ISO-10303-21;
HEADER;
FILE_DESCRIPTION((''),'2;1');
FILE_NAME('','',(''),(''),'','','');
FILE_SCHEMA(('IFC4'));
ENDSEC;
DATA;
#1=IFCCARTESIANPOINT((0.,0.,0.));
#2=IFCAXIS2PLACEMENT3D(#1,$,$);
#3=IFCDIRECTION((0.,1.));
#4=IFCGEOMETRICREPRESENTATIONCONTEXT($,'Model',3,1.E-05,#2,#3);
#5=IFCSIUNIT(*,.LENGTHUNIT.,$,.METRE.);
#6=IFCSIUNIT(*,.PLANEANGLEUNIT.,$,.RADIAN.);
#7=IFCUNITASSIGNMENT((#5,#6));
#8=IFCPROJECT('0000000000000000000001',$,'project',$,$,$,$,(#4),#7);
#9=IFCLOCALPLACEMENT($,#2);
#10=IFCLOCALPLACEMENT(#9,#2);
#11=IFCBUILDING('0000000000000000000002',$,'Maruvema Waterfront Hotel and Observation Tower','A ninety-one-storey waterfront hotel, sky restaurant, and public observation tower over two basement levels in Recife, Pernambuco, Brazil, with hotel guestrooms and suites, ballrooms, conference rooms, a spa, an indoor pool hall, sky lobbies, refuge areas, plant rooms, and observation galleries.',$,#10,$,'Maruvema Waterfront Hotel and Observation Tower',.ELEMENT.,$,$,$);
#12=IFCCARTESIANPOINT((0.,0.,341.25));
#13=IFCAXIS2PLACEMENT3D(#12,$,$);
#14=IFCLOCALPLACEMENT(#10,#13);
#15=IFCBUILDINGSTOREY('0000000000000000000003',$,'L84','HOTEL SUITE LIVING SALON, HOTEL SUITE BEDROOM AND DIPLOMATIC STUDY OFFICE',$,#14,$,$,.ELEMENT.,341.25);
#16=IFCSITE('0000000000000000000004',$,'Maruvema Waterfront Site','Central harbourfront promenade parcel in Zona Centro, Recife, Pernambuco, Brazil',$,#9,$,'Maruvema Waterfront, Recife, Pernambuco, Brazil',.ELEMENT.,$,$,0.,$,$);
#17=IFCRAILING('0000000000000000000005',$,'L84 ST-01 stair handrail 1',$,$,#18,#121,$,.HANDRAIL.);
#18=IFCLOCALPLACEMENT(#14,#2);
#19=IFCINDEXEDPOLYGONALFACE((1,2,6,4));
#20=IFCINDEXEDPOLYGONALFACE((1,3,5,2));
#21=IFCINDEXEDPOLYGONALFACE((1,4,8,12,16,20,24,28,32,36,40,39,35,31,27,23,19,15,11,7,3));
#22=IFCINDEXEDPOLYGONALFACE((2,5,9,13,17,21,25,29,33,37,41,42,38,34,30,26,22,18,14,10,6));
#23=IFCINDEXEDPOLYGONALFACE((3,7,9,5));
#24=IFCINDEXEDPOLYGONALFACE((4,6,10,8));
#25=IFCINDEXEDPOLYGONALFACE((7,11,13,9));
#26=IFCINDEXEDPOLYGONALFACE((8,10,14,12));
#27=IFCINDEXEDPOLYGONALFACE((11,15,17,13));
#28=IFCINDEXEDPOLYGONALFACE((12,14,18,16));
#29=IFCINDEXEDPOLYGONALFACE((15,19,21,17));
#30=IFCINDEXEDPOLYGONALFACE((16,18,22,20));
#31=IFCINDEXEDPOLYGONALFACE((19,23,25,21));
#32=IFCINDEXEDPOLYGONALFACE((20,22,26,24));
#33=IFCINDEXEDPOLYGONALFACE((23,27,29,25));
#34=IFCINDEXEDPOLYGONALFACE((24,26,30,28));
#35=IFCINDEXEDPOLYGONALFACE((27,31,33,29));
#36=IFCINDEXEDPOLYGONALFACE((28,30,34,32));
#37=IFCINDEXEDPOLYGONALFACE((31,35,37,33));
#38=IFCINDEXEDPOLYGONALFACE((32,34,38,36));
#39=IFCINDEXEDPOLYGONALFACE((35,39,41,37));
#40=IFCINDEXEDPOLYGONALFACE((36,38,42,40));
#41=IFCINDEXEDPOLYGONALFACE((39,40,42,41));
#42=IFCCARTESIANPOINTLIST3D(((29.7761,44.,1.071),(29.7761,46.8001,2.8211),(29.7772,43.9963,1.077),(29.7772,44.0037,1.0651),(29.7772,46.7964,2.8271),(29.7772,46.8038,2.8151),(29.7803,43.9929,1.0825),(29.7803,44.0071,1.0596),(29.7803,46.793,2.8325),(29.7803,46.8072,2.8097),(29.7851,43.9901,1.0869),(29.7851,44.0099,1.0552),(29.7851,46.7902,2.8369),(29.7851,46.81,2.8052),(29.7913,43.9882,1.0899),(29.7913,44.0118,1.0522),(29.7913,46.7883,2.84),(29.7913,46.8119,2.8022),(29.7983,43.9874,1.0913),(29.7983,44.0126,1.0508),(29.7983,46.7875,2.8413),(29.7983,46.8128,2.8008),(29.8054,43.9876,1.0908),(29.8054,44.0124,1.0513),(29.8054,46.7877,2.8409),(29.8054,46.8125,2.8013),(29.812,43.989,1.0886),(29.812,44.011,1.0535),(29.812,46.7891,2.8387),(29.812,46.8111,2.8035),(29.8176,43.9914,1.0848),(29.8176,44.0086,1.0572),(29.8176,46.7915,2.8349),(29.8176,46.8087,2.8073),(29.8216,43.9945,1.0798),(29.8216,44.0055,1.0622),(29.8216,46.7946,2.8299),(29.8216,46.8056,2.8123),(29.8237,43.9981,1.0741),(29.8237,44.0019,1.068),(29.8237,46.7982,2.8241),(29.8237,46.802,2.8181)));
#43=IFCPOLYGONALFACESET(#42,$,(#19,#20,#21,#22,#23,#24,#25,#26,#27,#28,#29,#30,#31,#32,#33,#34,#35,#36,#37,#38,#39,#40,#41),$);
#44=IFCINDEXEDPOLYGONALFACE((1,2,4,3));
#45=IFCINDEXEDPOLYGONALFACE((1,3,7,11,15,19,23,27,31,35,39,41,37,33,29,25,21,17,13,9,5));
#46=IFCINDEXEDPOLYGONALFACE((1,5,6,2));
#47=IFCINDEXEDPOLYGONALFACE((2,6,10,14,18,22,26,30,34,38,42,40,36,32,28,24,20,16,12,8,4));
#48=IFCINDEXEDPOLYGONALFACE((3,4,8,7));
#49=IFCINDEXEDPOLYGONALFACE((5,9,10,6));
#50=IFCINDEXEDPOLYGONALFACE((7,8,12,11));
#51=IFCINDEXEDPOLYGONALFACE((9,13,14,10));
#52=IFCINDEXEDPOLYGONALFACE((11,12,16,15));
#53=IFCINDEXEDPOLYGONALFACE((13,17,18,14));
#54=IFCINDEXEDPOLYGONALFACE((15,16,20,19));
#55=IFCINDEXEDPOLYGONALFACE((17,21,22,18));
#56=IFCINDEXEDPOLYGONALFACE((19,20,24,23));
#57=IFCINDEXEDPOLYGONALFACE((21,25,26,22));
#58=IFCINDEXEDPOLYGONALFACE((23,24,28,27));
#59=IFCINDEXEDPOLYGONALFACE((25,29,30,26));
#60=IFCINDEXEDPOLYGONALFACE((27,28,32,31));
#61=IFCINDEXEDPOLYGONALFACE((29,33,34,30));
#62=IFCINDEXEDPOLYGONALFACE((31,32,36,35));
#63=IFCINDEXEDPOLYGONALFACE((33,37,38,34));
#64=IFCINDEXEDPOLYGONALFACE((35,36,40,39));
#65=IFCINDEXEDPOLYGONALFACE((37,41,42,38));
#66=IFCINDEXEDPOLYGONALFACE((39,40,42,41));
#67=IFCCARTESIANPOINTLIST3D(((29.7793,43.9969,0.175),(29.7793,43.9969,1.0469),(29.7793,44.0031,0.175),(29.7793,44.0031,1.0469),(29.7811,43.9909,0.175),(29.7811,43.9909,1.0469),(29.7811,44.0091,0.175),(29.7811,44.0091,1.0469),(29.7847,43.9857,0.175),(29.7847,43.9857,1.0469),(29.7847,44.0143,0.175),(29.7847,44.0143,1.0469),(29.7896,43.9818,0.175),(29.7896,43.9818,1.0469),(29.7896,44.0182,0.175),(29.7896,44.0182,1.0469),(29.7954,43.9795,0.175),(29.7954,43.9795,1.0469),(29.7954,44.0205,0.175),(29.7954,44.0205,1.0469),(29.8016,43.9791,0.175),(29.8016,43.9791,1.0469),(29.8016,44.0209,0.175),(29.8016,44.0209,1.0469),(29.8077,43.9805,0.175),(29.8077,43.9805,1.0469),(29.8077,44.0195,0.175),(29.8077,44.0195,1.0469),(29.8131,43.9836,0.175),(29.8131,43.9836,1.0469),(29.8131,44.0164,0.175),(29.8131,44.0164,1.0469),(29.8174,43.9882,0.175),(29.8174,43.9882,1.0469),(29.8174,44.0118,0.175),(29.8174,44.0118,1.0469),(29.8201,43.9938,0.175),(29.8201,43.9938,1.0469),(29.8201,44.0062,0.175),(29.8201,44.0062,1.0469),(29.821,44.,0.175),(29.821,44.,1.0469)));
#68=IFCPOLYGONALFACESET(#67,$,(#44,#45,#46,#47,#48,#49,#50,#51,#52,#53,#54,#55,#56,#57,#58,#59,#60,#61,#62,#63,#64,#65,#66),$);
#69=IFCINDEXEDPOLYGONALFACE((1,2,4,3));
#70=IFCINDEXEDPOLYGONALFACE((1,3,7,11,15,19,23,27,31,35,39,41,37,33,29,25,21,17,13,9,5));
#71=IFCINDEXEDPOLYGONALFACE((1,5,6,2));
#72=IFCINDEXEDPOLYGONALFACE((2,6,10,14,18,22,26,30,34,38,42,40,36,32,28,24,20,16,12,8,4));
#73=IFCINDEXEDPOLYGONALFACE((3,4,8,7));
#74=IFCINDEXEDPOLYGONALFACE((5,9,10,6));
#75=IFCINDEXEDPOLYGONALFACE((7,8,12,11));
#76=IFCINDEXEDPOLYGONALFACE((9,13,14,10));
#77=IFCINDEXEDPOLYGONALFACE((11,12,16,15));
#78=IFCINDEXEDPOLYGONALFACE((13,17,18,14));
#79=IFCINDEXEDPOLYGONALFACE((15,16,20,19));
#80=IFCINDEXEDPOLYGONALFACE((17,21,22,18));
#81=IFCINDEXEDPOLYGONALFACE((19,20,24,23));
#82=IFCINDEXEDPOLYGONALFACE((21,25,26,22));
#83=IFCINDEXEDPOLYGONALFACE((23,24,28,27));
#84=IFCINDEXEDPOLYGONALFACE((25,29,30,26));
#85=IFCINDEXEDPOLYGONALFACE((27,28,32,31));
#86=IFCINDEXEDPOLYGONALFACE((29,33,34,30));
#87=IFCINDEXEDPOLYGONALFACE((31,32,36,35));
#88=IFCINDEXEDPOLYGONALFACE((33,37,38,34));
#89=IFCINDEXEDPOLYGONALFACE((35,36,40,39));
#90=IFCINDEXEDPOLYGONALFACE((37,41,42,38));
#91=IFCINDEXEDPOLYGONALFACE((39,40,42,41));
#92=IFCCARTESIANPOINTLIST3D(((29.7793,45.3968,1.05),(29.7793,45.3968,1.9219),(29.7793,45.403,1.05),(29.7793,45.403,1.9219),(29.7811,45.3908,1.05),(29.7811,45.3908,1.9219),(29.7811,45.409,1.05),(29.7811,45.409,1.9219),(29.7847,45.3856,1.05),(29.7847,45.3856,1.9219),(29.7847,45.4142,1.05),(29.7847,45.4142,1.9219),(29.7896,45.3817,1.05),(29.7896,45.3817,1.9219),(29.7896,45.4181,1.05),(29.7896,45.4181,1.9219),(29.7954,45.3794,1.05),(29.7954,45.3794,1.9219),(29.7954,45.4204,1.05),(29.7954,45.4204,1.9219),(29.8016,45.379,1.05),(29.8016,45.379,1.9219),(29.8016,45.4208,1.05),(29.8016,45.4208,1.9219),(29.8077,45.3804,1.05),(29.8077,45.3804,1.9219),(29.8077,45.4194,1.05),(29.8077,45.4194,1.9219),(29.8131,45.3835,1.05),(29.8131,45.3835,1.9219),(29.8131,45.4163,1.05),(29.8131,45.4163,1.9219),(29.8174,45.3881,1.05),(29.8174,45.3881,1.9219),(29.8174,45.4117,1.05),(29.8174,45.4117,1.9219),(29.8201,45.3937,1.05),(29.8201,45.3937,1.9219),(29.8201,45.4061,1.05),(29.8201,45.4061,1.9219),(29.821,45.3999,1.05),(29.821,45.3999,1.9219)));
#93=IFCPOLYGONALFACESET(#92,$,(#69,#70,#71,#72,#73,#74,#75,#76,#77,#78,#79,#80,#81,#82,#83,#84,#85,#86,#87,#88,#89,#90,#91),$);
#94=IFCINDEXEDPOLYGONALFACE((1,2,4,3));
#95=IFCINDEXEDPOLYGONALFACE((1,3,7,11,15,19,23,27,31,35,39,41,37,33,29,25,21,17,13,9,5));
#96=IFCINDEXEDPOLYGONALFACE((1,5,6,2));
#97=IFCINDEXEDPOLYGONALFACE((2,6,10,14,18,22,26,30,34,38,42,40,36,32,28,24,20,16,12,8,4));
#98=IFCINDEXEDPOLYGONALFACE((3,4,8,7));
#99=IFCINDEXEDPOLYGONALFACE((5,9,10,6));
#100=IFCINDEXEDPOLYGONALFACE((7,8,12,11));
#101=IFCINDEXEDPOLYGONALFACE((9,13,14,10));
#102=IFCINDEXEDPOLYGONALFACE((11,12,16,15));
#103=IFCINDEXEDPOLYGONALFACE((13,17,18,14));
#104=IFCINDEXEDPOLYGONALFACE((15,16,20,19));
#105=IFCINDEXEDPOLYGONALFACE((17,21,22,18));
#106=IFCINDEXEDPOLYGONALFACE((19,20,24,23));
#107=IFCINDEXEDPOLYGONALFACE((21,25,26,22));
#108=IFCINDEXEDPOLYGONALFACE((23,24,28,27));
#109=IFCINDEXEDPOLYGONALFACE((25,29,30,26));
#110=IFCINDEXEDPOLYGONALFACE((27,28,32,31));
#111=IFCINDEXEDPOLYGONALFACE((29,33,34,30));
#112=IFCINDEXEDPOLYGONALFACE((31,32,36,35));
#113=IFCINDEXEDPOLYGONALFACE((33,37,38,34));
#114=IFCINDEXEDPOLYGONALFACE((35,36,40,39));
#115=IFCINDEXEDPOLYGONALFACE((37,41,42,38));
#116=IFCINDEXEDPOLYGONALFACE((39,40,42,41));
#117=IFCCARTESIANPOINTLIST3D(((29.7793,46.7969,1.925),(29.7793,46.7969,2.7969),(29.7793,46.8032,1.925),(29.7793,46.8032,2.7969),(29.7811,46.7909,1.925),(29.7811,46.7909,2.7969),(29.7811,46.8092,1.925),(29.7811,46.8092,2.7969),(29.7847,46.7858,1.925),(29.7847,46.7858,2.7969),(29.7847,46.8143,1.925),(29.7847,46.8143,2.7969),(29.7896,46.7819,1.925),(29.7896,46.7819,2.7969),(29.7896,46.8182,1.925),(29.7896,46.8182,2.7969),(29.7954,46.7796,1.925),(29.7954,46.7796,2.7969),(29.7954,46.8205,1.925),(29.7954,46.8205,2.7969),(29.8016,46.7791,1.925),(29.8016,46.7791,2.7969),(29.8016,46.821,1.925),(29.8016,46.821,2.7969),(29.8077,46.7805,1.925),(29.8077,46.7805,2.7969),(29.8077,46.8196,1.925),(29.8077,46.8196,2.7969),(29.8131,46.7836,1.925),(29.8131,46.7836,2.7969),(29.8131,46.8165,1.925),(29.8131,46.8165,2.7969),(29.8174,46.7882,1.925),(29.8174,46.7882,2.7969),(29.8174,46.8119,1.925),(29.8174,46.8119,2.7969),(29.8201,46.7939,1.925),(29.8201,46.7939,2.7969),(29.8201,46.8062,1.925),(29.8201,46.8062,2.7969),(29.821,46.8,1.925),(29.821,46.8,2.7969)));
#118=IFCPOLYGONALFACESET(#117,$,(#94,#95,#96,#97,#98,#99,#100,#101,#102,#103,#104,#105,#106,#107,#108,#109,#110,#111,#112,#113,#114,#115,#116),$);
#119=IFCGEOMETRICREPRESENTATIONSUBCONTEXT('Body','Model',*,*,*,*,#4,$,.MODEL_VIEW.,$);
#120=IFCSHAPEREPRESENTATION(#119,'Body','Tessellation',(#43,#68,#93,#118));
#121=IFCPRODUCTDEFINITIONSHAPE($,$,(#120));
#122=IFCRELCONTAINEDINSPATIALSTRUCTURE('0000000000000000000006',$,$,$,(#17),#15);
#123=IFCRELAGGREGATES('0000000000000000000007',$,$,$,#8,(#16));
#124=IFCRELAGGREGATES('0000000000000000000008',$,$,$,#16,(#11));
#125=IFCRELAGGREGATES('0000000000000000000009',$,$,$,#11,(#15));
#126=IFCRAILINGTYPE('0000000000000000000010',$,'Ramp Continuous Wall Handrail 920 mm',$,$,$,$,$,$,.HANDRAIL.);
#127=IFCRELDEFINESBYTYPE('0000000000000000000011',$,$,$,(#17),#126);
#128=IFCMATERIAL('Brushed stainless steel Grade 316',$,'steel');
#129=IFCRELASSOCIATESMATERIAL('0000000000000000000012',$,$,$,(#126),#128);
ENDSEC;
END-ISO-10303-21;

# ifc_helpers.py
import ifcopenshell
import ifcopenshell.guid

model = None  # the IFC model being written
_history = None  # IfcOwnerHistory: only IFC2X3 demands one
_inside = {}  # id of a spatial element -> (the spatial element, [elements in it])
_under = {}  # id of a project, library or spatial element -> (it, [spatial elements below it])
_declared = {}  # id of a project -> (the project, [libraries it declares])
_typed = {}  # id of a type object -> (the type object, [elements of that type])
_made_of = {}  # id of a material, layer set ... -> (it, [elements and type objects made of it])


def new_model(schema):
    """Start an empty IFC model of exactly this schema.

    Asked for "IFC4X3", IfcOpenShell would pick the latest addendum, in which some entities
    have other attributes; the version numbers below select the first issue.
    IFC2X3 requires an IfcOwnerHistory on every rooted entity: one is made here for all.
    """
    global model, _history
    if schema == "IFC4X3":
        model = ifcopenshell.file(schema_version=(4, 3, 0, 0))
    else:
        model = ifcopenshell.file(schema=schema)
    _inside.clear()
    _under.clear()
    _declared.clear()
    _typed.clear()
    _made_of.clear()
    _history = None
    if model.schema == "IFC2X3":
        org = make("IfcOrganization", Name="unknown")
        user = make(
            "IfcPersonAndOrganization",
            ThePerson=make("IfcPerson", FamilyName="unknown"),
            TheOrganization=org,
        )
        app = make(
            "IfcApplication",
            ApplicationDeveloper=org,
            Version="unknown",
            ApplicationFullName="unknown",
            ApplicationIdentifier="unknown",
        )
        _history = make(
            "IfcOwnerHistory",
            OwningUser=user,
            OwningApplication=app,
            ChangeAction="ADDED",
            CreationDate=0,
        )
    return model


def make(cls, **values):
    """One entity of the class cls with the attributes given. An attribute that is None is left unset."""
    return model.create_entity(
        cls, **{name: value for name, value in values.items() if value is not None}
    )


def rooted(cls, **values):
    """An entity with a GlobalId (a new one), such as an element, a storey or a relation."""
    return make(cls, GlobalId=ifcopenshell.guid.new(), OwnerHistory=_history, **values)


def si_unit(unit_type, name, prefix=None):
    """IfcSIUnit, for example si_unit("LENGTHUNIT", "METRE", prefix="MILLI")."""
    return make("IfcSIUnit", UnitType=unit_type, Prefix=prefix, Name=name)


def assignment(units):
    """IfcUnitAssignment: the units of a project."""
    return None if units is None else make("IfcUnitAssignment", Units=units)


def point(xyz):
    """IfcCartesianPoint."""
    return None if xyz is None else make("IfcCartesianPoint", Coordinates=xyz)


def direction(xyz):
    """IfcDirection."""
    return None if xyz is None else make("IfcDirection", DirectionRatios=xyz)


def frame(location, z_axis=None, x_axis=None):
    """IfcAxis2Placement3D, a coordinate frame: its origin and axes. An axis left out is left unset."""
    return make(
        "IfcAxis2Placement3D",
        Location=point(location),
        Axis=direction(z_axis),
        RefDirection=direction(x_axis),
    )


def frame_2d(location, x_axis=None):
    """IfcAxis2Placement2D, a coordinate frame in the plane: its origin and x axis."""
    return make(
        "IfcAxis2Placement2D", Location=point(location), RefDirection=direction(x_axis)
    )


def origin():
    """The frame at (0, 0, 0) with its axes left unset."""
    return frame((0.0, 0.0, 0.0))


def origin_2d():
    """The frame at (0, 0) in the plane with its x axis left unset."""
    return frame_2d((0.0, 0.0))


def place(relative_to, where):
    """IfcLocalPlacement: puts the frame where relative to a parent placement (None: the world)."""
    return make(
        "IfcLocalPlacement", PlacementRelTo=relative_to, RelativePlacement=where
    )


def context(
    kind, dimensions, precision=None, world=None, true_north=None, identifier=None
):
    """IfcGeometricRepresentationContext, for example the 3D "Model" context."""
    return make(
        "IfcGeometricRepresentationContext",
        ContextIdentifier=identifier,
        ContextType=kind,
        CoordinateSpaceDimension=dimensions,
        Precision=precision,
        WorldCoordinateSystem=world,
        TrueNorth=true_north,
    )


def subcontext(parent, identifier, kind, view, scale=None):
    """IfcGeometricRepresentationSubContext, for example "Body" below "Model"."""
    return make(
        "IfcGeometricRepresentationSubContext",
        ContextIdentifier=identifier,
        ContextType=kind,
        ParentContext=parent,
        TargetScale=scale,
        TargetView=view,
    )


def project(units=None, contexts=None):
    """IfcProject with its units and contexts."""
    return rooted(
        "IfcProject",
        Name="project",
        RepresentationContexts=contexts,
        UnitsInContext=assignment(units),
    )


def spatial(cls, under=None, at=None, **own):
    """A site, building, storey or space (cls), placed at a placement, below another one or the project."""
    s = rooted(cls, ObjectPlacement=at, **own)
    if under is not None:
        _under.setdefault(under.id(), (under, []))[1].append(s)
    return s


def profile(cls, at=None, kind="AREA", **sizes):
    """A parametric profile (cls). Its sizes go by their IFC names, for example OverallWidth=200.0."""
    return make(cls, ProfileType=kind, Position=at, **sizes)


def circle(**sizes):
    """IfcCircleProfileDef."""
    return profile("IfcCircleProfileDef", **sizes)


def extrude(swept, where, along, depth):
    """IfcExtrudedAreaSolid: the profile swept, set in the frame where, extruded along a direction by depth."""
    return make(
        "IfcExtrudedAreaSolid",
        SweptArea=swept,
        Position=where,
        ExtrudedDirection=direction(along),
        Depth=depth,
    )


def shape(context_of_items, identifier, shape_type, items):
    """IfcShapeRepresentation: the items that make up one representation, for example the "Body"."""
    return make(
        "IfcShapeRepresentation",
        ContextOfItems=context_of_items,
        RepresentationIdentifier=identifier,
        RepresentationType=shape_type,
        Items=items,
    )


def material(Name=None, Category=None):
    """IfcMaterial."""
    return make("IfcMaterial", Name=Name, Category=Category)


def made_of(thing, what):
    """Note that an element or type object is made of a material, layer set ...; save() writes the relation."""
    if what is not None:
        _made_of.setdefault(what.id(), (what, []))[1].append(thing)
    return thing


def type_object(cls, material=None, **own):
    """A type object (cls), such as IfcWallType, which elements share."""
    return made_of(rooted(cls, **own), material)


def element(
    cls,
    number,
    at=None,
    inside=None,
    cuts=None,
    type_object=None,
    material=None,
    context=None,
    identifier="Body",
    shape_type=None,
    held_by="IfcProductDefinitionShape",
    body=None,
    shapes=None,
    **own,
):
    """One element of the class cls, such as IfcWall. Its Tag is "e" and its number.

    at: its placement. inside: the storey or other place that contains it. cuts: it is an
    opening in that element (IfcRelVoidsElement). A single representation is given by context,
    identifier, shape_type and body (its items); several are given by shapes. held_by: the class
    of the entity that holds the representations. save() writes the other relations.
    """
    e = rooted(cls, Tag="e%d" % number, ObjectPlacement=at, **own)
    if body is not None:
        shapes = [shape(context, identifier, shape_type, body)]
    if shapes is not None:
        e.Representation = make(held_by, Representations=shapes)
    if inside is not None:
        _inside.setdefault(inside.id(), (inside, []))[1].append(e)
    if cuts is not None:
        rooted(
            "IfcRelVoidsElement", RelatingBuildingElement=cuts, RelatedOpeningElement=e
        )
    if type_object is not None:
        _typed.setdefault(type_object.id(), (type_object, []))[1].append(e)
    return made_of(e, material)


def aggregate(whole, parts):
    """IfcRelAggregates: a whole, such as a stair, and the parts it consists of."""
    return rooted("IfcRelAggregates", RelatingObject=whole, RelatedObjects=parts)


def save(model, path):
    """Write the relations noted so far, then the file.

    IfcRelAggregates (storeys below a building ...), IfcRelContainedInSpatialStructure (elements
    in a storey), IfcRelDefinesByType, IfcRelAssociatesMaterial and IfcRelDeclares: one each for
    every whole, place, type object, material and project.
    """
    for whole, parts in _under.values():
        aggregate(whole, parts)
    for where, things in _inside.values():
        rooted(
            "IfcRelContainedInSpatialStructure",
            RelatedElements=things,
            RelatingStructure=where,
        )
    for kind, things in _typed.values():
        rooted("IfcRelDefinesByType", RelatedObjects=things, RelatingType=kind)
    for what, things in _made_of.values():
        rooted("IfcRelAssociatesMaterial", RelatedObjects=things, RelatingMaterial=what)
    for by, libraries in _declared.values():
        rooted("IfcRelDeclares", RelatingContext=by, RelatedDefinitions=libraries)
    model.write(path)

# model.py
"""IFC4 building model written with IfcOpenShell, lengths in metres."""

from ifc_helpers import new_model, si_unit, direction, frame, origin, origin_2d, place, context, subcontext, project, spatial, circle, extrude, material, type_object, element, save


model = new_model("IFC4")

# Units and contexts
model_context = context("Model", 3, precision=1e-05, world=origin(), true_north=direction((0.0, 1.0)))
body_context = subcontext(model_context, "Body", "Model", "MODEL_VIEW")
ifc_project = project(units=[si_unit("LENGTHUNIT", "METRE"), si_unit("PLANEANGLEUNIT", "RADIAN")], contexts=[model_context])

# Site, building, storey
site_placement = place(None, origin())
site = spatial("IfcSite", under=ifc_project, at=site_placement, Name="Maruvema Waterfront Site", Description="Central harbourfront promenade parcel in Zona Centro, Recife, Pernambuco, Brazil", LongName="Maruvema Waterfront, Recife, Pernambuco, Brazil", CompositionType="ELEMENT", RefElevation=0.0)
building_placement = place(site_placement, origin())
building = spatial("IfcBuilding", under=site, at=building_placement, Name="Maruvema Waterfront Hotel and Observation Tower", Description="A ninety-one-storey waterfront hotel, sky restaurant, and public observation tower over two basement levels in Recife, Pernambuco, Brazil, with hotel guestrooms and suites, ballrooms, conference rooms, a spa, an indoor pool hall, sky lobbies, refuge areas, plant rooms, and observation galleries.", LongName="Maruvema Waterfront Hotel and Observation Tower", CompositionType="ELEMENT")
storey_placement = place(building_placement, frame((0.0, 0.0, 341.25)))
storey = spatial("IfcBuildingStorey", under=building, at=storey_placement, Name="L84", Description="HOTEL SUITE LIVING SALON, HOTEL SUITE BEDROOM AND DIPLOMATIC STUDY OFFICE", CompositionType="ELEMENT", Elevation=341.25)

# Railing
ifc_material_1 = material(Name="Brushed stainless steel Grade 316", Category="steel")
railing_type_1 = type_object("IfcRailingType", Name="Ramp Continuous Wall Handrail 920 mm", PredefinedType="HANDRAIL", material=ifc_material_1)
railing_1_placement = place(storey_placement, frame((29.8, 44.0, 0.175)))
element("IfcRailing", 1, at=railing_1_placement, inside=storey, type_object=railing_type_1, Name="L84 ST-01 stair handrail 1", PredefinedType="HANDRAIL", context=body_context, shape_type="SweptSolid", body=[
    extrude(circle(Radius=0.0239, at=origin_2d()), frame((0.0, 0.0, 0.896), z_axis=(0.0, 0.848002, 0.529992), x_axis=(-1.0, 0.0, 0.0)), (0.0, 0.0, 1.0), 3.302),
    extrude(circle(Radius=0.021, at=origin_2d()), origin(), (0.0, 0.0, 1.0), 0.8718),
    extrude(circle(Radius=0.021, at=origin_2d()), frame((0.0, 1.3999, 0.875)), (0.0, 0.0, 1.0), 0.8718),
    extrude(circle(Radius=0.021, at=origin_2d()), frame((0.0, 2.8, 1.75)), (0.0, 0.0, 1.0), 0.8718),
])

save(model, "model.ifc")
